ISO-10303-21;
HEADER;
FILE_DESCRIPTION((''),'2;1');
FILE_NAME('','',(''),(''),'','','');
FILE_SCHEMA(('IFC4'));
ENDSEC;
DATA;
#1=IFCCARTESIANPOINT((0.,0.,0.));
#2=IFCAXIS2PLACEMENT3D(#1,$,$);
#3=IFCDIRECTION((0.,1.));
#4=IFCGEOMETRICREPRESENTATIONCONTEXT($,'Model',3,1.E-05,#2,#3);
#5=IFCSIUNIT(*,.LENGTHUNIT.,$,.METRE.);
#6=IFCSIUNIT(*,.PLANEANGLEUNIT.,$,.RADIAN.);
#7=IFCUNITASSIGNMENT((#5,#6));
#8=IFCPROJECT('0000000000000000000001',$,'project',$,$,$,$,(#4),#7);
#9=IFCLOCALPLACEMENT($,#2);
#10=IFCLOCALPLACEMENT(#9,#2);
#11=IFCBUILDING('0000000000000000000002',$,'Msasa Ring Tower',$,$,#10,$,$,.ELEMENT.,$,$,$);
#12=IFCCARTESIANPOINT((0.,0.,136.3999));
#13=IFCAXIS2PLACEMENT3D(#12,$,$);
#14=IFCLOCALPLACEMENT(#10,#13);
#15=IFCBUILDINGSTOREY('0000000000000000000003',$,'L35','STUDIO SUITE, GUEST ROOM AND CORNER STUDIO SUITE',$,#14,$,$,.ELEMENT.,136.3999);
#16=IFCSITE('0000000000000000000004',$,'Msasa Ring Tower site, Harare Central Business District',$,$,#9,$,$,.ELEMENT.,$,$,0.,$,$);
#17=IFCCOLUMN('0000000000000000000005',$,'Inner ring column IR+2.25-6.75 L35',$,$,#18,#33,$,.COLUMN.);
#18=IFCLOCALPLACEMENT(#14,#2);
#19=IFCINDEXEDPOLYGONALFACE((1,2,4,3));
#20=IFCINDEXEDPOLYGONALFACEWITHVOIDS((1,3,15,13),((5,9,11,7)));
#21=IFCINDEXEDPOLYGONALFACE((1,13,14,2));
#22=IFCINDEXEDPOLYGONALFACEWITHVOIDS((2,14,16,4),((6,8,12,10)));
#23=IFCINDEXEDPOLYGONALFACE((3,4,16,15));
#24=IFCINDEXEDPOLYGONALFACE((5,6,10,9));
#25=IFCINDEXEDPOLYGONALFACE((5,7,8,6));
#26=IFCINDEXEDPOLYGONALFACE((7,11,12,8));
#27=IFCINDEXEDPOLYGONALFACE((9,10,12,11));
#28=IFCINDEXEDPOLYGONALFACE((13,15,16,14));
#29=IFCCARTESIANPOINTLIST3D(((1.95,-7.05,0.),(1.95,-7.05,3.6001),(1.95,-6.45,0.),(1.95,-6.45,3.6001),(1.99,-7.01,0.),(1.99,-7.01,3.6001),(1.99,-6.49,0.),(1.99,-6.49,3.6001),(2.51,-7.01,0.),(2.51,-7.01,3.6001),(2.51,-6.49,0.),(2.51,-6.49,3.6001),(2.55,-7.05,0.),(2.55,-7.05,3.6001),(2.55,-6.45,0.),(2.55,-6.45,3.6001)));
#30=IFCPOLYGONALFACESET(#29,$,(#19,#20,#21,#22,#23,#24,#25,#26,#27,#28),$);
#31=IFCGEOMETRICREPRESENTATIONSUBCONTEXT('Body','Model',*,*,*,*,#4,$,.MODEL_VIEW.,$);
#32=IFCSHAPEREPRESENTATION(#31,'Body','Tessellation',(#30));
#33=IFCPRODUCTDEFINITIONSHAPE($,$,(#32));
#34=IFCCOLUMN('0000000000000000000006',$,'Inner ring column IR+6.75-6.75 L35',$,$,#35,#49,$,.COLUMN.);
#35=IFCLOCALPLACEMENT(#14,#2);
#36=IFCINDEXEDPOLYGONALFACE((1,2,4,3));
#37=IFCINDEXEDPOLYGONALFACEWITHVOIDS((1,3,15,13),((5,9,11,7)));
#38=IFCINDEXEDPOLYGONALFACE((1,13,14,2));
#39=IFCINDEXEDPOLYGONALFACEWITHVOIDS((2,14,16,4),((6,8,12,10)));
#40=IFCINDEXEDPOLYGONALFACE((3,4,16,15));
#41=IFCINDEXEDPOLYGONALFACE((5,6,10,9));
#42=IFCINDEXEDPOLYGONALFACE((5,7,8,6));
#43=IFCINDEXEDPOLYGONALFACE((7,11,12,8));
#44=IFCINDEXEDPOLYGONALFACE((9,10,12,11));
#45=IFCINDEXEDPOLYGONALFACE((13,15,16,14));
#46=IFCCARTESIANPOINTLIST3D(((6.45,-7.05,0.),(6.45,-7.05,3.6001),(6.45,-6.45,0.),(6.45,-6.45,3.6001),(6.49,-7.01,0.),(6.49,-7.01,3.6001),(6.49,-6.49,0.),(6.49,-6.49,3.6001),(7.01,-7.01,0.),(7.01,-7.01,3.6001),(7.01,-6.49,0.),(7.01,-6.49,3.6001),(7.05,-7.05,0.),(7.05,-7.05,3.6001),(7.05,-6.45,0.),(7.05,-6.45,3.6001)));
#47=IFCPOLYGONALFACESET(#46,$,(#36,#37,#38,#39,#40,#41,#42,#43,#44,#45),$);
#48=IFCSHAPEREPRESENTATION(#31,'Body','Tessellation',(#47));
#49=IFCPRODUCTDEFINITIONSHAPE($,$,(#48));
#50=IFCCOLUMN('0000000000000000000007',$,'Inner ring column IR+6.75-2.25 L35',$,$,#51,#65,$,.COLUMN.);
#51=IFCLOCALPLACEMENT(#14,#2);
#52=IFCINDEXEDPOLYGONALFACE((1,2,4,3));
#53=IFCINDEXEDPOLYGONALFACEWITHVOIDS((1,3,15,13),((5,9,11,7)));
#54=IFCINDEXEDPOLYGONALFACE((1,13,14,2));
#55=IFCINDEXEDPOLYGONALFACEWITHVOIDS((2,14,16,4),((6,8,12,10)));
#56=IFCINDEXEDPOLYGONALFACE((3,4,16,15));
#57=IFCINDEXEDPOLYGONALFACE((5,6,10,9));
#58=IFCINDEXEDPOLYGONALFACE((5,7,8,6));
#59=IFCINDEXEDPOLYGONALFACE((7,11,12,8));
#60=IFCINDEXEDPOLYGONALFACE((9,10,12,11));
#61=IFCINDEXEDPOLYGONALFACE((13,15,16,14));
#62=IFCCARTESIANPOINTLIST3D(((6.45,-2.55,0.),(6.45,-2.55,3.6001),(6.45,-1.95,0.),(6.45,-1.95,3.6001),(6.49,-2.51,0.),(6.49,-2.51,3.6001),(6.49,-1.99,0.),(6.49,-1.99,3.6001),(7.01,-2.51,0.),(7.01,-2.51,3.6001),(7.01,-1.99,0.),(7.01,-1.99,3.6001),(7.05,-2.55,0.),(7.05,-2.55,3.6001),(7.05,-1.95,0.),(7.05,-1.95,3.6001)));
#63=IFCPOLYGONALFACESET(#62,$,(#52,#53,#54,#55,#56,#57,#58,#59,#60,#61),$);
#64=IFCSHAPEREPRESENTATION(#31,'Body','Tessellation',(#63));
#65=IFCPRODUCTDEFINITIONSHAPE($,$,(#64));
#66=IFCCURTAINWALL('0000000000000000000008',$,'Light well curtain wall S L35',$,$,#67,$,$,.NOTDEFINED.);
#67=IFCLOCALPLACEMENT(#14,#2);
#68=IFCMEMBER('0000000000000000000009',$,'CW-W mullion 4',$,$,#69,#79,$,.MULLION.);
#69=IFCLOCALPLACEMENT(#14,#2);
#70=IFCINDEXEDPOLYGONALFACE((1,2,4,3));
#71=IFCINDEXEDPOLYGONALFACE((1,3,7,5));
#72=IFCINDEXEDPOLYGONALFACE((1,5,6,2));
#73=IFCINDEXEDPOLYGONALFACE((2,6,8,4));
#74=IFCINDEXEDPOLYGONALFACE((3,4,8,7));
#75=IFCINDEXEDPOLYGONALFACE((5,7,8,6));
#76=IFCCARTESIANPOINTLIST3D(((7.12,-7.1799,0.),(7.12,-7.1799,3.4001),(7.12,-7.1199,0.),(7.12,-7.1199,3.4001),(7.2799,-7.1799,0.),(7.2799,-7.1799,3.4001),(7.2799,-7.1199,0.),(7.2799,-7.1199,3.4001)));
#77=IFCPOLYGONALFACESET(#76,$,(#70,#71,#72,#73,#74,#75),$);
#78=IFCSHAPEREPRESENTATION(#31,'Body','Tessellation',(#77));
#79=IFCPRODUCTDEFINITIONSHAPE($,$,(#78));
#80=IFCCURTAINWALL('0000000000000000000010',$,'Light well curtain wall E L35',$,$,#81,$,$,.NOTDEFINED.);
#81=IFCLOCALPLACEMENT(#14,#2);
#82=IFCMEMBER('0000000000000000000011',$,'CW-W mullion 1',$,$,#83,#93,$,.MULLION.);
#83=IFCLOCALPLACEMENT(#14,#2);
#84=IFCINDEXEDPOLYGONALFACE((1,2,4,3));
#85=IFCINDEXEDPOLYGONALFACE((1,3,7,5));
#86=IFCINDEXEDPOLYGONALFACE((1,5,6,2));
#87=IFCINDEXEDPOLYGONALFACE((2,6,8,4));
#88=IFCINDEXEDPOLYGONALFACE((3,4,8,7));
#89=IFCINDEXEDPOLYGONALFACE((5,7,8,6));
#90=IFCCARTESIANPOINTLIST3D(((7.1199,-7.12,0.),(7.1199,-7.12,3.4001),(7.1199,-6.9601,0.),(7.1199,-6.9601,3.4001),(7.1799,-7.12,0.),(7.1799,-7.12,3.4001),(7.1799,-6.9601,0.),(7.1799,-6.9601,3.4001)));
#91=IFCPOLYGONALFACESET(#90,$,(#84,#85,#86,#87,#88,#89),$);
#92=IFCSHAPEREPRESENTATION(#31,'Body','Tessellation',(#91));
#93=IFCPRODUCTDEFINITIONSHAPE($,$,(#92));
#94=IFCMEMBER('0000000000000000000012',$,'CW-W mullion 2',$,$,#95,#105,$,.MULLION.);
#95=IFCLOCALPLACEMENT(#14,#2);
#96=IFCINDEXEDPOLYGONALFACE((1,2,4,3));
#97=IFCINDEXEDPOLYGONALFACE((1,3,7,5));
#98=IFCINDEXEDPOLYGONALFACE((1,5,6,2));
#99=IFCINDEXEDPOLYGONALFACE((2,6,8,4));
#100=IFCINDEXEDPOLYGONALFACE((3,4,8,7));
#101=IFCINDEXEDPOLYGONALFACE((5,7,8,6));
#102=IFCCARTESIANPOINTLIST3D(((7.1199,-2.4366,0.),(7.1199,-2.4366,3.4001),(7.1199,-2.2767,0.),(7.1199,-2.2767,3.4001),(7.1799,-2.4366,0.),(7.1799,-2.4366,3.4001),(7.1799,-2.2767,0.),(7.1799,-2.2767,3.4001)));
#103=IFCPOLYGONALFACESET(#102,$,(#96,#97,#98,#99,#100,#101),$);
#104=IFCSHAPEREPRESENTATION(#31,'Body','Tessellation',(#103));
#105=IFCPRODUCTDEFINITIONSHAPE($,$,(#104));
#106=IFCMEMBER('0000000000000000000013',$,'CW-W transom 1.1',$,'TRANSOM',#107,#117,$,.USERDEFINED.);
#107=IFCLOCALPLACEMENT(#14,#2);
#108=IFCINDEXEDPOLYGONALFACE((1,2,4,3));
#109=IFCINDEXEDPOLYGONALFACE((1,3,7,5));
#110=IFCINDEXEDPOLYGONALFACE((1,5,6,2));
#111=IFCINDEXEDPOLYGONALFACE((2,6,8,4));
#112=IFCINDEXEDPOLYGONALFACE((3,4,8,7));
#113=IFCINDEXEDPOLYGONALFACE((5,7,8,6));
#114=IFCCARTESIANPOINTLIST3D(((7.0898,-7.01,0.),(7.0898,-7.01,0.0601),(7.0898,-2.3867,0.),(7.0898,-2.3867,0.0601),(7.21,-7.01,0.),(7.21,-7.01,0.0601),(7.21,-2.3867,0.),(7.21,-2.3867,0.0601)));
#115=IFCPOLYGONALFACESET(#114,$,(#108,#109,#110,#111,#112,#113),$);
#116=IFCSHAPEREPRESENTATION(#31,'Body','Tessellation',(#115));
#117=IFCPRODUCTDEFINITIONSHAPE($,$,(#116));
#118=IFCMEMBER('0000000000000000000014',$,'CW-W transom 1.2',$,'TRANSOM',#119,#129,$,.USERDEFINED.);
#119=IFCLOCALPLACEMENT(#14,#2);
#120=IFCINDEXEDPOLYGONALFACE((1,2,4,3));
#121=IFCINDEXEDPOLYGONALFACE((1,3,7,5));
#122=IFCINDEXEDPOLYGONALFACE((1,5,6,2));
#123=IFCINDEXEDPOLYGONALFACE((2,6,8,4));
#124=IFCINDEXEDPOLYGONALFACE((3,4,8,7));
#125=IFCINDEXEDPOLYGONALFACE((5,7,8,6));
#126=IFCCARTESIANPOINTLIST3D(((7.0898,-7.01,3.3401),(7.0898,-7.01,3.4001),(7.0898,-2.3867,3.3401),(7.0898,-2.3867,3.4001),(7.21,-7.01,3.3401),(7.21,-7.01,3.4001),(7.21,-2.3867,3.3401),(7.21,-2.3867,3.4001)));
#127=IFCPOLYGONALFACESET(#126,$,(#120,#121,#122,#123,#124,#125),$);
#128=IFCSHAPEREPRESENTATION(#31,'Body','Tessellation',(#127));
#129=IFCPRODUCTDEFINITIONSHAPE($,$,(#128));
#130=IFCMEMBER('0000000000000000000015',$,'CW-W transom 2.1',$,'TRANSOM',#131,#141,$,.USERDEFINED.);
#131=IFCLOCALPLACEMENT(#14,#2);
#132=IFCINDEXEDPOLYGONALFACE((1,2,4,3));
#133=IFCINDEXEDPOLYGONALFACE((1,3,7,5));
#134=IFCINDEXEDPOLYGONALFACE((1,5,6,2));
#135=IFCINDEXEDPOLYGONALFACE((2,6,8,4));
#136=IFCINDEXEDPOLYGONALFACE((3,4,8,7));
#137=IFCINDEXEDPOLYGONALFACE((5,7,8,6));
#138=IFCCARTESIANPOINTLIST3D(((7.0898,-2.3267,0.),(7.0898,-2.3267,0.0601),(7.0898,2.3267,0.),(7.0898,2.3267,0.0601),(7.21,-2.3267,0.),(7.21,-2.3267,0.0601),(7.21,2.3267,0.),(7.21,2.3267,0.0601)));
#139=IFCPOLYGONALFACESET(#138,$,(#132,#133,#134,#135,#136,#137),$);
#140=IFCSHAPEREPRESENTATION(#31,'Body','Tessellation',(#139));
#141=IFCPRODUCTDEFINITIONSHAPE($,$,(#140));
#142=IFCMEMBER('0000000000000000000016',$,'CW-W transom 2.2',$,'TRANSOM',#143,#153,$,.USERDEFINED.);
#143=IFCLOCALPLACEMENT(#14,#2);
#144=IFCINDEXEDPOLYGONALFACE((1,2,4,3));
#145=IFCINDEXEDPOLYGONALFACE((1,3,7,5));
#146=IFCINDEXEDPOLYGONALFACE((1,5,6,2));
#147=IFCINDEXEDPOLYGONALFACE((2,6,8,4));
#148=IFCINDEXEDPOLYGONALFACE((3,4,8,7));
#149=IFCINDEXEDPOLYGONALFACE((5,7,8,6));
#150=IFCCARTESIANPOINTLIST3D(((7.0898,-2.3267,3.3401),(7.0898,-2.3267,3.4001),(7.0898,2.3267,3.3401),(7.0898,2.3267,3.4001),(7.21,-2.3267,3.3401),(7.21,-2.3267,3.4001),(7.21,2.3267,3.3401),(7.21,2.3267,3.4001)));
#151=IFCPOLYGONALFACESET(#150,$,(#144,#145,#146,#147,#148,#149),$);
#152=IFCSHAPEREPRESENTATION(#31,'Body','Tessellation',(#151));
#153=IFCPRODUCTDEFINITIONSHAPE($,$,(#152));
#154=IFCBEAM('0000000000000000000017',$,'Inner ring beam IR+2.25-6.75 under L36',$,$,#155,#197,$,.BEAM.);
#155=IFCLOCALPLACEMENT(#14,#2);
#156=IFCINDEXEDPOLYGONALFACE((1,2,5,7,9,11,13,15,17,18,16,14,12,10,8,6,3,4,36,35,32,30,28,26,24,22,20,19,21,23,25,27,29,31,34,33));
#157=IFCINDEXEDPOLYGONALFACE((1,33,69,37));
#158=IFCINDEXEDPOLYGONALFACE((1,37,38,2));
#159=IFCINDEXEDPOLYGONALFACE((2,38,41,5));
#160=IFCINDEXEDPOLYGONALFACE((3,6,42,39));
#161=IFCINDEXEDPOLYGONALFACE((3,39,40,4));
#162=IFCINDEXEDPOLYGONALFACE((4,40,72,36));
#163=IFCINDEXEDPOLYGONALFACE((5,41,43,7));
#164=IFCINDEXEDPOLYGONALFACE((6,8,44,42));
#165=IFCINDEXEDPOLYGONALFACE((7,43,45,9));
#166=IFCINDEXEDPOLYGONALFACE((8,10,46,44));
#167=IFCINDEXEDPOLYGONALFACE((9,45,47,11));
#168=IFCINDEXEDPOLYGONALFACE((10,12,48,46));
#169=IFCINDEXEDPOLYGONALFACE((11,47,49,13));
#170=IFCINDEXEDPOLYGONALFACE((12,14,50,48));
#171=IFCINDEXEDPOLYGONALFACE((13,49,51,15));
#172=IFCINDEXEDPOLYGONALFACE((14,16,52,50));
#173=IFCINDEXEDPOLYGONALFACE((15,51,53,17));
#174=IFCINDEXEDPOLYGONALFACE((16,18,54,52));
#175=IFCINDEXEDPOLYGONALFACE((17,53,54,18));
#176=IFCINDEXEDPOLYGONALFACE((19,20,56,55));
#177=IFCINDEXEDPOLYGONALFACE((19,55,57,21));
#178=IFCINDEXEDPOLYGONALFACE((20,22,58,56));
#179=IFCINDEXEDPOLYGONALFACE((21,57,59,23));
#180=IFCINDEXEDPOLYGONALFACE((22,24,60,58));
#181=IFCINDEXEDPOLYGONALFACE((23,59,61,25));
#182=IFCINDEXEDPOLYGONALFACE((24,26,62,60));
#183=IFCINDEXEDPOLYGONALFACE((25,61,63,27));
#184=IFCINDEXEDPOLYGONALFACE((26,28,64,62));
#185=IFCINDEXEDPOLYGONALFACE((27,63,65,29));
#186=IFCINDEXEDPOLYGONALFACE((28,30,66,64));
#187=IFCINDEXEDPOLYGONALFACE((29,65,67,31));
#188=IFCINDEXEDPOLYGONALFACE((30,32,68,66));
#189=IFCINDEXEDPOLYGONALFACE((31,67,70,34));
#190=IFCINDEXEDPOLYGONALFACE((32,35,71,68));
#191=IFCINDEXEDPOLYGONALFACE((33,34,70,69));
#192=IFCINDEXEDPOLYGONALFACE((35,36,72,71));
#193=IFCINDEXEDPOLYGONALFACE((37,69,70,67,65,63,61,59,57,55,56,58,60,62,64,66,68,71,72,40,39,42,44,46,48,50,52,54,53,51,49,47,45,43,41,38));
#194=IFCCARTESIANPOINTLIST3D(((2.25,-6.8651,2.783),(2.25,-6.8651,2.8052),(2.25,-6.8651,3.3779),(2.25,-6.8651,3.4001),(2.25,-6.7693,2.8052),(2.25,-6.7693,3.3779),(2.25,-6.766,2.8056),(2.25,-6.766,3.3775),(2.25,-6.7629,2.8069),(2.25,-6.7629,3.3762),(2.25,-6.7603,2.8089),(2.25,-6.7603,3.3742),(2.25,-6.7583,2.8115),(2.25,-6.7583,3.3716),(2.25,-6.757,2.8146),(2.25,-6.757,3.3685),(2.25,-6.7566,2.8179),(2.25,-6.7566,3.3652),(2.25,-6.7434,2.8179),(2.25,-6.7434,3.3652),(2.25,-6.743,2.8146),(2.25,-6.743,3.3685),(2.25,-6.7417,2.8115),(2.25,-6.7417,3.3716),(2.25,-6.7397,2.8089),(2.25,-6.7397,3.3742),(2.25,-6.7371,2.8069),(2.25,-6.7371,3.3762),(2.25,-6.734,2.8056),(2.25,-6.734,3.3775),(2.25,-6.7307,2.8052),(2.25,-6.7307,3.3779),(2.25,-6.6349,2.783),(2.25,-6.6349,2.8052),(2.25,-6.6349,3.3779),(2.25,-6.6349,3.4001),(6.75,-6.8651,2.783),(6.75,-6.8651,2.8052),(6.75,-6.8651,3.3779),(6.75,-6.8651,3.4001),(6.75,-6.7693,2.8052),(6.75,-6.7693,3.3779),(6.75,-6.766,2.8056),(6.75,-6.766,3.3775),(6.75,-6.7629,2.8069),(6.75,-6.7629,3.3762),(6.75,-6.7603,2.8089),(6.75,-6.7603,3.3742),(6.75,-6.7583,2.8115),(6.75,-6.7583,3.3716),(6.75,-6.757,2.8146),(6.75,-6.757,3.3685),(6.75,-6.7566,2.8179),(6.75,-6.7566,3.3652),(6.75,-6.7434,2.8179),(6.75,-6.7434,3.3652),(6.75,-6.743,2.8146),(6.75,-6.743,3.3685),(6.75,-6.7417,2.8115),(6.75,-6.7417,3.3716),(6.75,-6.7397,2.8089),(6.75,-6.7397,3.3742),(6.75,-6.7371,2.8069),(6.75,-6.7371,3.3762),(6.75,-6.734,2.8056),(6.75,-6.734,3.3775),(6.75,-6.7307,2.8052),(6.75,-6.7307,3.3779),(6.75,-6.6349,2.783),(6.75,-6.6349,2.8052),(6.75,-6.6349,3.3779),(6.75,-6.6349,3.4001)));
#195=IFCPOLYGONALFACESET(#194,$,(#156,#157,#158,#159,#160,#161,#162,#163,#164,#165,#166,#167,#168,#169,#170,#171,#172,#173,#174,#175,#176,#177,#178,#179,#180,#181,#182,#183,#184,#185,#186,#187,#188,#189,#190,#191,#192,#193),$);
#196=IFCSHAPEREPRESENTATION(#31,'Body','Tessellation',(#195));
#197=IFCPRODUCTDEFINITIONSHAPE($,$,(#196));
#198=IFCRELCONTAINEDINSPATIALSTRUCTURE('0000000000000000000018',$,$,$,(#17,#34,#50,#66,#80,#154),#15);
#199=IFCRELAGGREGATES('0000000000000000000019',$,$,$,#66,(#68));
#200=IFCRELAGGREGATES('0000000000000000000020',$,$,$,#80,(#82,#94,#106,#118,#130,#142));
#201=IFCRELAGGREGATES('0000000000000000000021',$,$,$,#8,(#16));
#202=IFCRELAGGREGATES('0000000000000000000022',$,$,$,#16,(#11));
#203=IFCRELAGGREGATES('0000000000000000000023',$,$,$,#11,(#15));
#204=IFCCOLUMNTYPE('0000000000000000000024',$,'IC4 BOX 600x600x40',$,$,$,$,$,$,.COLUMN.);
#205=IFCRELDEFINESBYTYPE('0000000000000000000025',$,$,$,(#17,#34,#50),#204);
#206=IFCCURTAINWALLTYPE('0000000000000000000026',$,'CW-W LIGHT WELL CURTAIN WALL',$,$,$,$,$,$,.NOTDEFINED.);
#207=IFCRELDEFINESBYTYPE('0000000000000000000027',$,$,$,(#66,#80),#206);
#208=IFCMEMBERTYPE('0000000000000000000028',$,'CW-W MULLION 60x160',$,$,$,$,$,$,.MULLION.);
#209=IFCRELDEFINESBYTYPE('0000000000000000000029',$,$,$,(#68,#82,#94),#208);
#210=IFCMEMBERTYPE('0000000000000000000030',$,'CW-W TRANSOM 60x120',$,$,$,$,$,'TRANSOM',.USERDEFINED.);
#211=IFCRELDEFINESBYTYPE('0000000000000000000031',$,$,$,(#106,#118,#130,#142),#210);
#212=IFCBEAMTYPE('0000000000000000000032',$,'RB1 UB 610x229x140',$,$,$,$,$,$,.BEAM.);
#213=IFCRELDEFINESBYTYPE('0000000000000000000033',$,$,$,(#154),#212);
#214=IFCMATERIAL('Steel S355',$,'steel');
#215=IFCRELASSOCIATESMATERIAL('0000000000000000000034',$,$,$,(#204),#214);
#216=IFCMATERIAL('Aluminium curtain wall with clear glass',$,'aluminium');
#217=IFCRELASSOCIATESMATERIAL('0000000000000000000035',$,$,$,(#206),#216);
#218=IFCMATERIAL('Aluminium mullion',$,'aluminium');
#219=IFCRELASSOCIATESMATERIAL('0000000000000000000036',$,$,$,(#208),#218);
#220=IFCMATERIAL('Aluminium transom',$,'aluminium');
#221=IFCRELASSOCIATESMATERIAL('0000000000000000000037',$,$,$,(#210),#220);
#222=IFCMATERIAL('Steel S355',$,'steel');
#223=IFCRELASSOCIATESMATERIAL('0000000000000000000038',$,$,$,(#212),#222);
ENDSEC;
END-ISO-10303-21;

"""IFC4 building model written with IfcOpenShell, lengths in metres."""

from ifc_helpers import new_model, si_unit, direction, frame, origin, origin_2d, place, context, subcontext, project, spatial, rectangle, hollow_rectangle, i_section, extrude, material, material_profile, profile_set, type_object, element, aggregate, save


model = new_model("IFC4")

# Units and contexts
model_context = context("Model", 3, precision=1e-05, world=origin(), true_north=direction((0.0, 1.0)))
body_context = subcontext(model_context, "Body", "Model", "MODEL_VIEW")
ifc_project = project(units=[si_unit("LENGTHUNIT", "METRE"), si_unit("PLANEANGLEUNIT", "RADIAN")], contexts=[model_context])

# Site, building, storey
site_placement = place(None, origin())
site = spatial("IfcSite", under=ifc_project, at=site_placement, Name="Msasa Ring Tower site, Harare Central Business District", CompositionType="ELEMENT", RefElevation=0.0)
building_placement = place(site_placement, origin())
building = spatial("IfcBuilding", under=site, at=building_placement, Name="Msasa Ring Tower", CompositionType="ELEMENT")
storey_placement = place(building_placement, frame((0.0, 0.0, 136.3999)))
storey = spatial("IfcBuildingStorey", under=building, at=storey_placement, Name="L35", Description="STUDIO SUITE, GUEST ROOM AND CORNER STUDIO SUITE", CompositionType="ELEMENT", Elevation=136.3999)

# Columns
ifc_material_1 = material(Name="Steel S355", Category="steel")
ifc_material_profile_1 = material_profile(ifc_material_1, hollow_rectangle(XDim=0.6001, YDim=0.6001, WallThickness=0.04, at=origin_2d()), Name="BOX 600x600x40")
ifc_profile_set_1 = profile_set([ifc_material_profile_1], Name="Steel S355")
column_type = type_object("IfcColumnType", Name="IC4 BOX 600x600x40", PredefinedType="COLUMN", material=ifc_profile_set_1)
for number, where, z_axis, x_axis, name in (
    (1, (2.25, -6.75, 0.0), (0.0, 0.0, 1.0), (1.0, 0.0, 0.0), "Inner ring column IR+2.25-6.75 L35"),
    (2, (6.75, -6.75, 0.0), (0.0, 0.0, 1.0), (1.0, 0.0, 0.0), "Inner ring column IR+6.75-6.75 L35"),
    (3, (6.75, -2.25, 0.0), (0.0, 0.0, 1.0), (1.0, 0.0, 0.0), "Inner ring column IR+6.75-2.25 L35"),
):
    element("IfcColumn", number, at=place(storey_placement, frame(where, z_axis=z_axis, x_axis=x_axis)), inside=storey, type_object=column_type, Name=name, PredefinedType="COLUMN", context=body_context, shape_type="SweptSolid", body=[
        extrude(hollow_rectangle(XDim=0.6001, YDim=0.6001, WallThickness=0.04, at=origin_2d()), origin(), (0.0, 0.0, 1.0), 3.6001),
    ])

# Curtain wall, member
ifc_material_2 = material(Name="Aluminium curtain wall with clear glass", Category="aluminium")
curtain_wall_type = type_object("IfcCurtainWallType", Name="CW-W LIGHT WELL CURTAIN WALL", PredefinedType="NOTDEFINED", material=ifc_material_2)
curtain_wall_1_placement = place(storey_placement, origin())
curtain_wall_1 = element("IfcCurtainWall", 4, at=curtain_wall_1_placement, inside=storey, type_object=curtain_wall_type, Name="Light well curtain wall S L35", PredefinedType="NOTDEFINED")
ifc_material_3 = material(Name="Aluminium mullion", Category="aluminium")
ifc_material_profile_2 = material_profile(ifc_material_3, rectangle(XDim=0.0601, YDim=0.1599, at=origin_2d()), Name="AL 60x160")
ifc_profile_set_2 = profile_set([ifc_material_profile_2], Name="Aluminium mullion")
member_type_1 = type_object("IfcMemberType", Name="CW-W MULLION 60x160", PredefinedType="MULLION", material=ifc_profile_set_2)
member_1_placement = place(storey_placement, frame((7.2, -7.1499, 0.0), z_axis=(0.0, 0.0, 1.0), x_axis=(0.0, 1.0, 0.0)))
member_1 = element("IfcMember", 5, at=member_1_placement, type_object=member_type_1, Name="CW-W mullion 4", PredefinedType="MULLION", context=body_context, shape_type="SweptSolid", body=[
    extrude(rectangle(XDim=0.0601, YDim=0.1599, at=origin_2d()), origin(), (0.0, 0.0, 1.0), 3.4001),
])
aggregate(curtain_wall_1, [member_1])

# Curtain wall, members
curtain_wall_2_placement = place(storey_placement, origin())
curtain_wall_2 = element("IfcCurtainWall", 6, at=curtain_wall_2_placement, inside=storey, type_object=curtain_wall_type, Name="Light well curtain wall E L35", PredefinedType="NOTDEFINED")
member_2_placement = place(storey_placement, frame((7.1499, -7.04, 0.0), z_axis=(0.0, 0.0, 1.0), x_axis=(-1.0, 0.0, 0.0)))
member_2 = element("IfcMember", 7, at=member_2_placement, type_object=member_type_1, Name="CW-W mullion 1", PredefinedType="MULLION", context=body_context, shape_type="SweptSolid", body=[
    extrude(rectangle(XDim=0.0601, YDim=0.1599, at=origin_2d()), origin(), (0.0, 0.0, 1.0), 3.4001),
])
member_3_placement = place(storey_placement, frame((7.1499, -2.3567, 0.0), z_axis=(0.0, 0.0, 1.0), x_axis=(-1.0, 0.0, 0.0)))
member_3 = element("IfcMember", 8, at=member_3_placement, type_object=member_type_1, Name="CW-W mullion 2", PredefinedType="MULLION", context=body_context, shape_type="SweptSolid", body=[
    extrude(rectangle(XDim=0.0601, YDim=0.1599, at=origin_2d()), origin(), (0.0, 0.0, 1.0), 3.4001),
])
ifc_material_4 = material(Name="Aluminium transom", Category="aluminium")
ifc_material_profile_3 = material_profile(ifc_material_4, rectangle(XDim=0.1201, YDim=0.0601, at=origin_2d()), Name="AL 60x120")
ifc_profile_set_3 = profile_set([ifc_material_profile_3], Name="Aluminium transom")
member_type_2 = type_object("IfcMemberType", Name="CW-W TRANSOM 60x120", ElementType="TRANSOM", PredefinedType="USERDEFINED", material=ifc_profile_set_3)
member_4_placement = place(storey_placement, frame((7.1499, -7.01, 0.03), z_axis=(0.0, 1.0, 0.0), x_axis=(-1.0, 0.0, 0.0)))
member_4 = element("IfcMember", 9, at=member_4_placement, type_object=member_type_2, Name="CW-W transom 1.1", ObjectType="TRANSOM", PredefinedType="USERDEFINED", context=body_context, shape_type="SweptSolid", body=[
    extrude(rectangle(XDim=0.1201, YDim=0.0601, at=origin_2d()), origin(), (0.0, 0.0, 1.0), 4.6233),
])
member_5_placement = place(storey_placement, frame((7.1499, -7.01, 3.3701), z_axis=(0.0, 1.0, 0.0), x_axis=(-1.0, 0.0, 0.0)))
member_5 = element("IfcMember", 10, at=member_5_placement, type_object=member_type_2, Name="CW-W transom 1.2", ObjectType="TRANSOM", PredefinedType="USERDEFINED", context=body_context, shape_type="SweptSolid", body=[
    extrude(rectangle(XDim=0.1201, YDim=0.0601, at=origin_2d()), origin(), (0.0, 0.0, 1.0), 4.6233),
])
member_6_placement = place(storey_placement, frame((7.1499, -2.3267, 0.03), z_axis=(0.0, 1.0, 0.0), x_axis=(-1.0, 0.0, 0.0)))
member_6 = element("IfcMember", 11, at=member_6_placement, type_object=member_type_2, Name="CW-W transom 2.1", ObjectType="TRANSOM", PredefinedType="USERDEFINED", context=body_context, shape_type="SweptSolid", body=[
    extrude(rectangle(XDim=0.1201, YDim=0.0601, at=origin_2d()), origin(), (0.0, 0.0, 1.0), 4.6533),
])
member_7_placement = place(storey_placement, frame((7.1499, -2.3267, 3.3701), z_axis=(0.0, 1.0, 0.0), x_axis=(-1.0, 0.0, 0.0)))
member_7 = element("IfcMember", 12, at=member_7_placement, type_object=member_type_2, Name="CW-W transom 2.2", ObjectType="TRANSOM", PredefinedType="USERDEFINED", context=body_context, shape_type="SweptSolid", body=[
    extrude(rectangle(XDim=0.1201, YDim=0.0601, at=origin_2d()), origin(), (0.0, 0.0, 1.0), 4.6533),
])

# Beam
ifc_material_5 = material(Name="Steel S355", Category="steel")
ifc_material_profile_4 = material_profile(ifc_material_5, i_section(OverallWidth=0.2302, OverallDepth=0.6172, WebThickness=0.0132, FlangeThickness=0.0222, FilletRadius=0.0127, at=origin_2d()), Name="UB 610x229x140")
ifc_profile_set_4 = profile_set([ifc_material_profile_4], Name="Steel S355")
beam_type = type_object("IfcBeamType", Name="RB1 UB 610x229x140", PredefinedType="BEAM", material=ifc_profile_set_4)
for number, where, z_axis, x_axis, name in (
    (13, (2.25, -6.75, 3.0916), (1.0, 0.0, 0.0), (0.0, 1.0, 0.0), "Inner ring beam IR+2.25-6.75 under L36"),
):
    element("IfcBeam", number, at=place(storey_placement, frame(where, z_axis=z_axis, x_axis=x_axis)), inside=storey, type_object=beam_type, Name=name, PredefinedType="BEAM", context=body_context, shape_type="SweptSolid", body=[
        extrude(i_section(OverallWidth=0.2302, OverallDepth=0.6172, WebThickness=0.0132, FlangeThickness=0.0222, FilletRadius=0.0127, at=origin_2d()), origin(), (0.0, 0.0, 1.0), 4.5),
    ])

aggregate(curtain_wall_2, [member_2, member_3, member_4, member_5, member_6, member_7])

save(model, "model.ifc")
